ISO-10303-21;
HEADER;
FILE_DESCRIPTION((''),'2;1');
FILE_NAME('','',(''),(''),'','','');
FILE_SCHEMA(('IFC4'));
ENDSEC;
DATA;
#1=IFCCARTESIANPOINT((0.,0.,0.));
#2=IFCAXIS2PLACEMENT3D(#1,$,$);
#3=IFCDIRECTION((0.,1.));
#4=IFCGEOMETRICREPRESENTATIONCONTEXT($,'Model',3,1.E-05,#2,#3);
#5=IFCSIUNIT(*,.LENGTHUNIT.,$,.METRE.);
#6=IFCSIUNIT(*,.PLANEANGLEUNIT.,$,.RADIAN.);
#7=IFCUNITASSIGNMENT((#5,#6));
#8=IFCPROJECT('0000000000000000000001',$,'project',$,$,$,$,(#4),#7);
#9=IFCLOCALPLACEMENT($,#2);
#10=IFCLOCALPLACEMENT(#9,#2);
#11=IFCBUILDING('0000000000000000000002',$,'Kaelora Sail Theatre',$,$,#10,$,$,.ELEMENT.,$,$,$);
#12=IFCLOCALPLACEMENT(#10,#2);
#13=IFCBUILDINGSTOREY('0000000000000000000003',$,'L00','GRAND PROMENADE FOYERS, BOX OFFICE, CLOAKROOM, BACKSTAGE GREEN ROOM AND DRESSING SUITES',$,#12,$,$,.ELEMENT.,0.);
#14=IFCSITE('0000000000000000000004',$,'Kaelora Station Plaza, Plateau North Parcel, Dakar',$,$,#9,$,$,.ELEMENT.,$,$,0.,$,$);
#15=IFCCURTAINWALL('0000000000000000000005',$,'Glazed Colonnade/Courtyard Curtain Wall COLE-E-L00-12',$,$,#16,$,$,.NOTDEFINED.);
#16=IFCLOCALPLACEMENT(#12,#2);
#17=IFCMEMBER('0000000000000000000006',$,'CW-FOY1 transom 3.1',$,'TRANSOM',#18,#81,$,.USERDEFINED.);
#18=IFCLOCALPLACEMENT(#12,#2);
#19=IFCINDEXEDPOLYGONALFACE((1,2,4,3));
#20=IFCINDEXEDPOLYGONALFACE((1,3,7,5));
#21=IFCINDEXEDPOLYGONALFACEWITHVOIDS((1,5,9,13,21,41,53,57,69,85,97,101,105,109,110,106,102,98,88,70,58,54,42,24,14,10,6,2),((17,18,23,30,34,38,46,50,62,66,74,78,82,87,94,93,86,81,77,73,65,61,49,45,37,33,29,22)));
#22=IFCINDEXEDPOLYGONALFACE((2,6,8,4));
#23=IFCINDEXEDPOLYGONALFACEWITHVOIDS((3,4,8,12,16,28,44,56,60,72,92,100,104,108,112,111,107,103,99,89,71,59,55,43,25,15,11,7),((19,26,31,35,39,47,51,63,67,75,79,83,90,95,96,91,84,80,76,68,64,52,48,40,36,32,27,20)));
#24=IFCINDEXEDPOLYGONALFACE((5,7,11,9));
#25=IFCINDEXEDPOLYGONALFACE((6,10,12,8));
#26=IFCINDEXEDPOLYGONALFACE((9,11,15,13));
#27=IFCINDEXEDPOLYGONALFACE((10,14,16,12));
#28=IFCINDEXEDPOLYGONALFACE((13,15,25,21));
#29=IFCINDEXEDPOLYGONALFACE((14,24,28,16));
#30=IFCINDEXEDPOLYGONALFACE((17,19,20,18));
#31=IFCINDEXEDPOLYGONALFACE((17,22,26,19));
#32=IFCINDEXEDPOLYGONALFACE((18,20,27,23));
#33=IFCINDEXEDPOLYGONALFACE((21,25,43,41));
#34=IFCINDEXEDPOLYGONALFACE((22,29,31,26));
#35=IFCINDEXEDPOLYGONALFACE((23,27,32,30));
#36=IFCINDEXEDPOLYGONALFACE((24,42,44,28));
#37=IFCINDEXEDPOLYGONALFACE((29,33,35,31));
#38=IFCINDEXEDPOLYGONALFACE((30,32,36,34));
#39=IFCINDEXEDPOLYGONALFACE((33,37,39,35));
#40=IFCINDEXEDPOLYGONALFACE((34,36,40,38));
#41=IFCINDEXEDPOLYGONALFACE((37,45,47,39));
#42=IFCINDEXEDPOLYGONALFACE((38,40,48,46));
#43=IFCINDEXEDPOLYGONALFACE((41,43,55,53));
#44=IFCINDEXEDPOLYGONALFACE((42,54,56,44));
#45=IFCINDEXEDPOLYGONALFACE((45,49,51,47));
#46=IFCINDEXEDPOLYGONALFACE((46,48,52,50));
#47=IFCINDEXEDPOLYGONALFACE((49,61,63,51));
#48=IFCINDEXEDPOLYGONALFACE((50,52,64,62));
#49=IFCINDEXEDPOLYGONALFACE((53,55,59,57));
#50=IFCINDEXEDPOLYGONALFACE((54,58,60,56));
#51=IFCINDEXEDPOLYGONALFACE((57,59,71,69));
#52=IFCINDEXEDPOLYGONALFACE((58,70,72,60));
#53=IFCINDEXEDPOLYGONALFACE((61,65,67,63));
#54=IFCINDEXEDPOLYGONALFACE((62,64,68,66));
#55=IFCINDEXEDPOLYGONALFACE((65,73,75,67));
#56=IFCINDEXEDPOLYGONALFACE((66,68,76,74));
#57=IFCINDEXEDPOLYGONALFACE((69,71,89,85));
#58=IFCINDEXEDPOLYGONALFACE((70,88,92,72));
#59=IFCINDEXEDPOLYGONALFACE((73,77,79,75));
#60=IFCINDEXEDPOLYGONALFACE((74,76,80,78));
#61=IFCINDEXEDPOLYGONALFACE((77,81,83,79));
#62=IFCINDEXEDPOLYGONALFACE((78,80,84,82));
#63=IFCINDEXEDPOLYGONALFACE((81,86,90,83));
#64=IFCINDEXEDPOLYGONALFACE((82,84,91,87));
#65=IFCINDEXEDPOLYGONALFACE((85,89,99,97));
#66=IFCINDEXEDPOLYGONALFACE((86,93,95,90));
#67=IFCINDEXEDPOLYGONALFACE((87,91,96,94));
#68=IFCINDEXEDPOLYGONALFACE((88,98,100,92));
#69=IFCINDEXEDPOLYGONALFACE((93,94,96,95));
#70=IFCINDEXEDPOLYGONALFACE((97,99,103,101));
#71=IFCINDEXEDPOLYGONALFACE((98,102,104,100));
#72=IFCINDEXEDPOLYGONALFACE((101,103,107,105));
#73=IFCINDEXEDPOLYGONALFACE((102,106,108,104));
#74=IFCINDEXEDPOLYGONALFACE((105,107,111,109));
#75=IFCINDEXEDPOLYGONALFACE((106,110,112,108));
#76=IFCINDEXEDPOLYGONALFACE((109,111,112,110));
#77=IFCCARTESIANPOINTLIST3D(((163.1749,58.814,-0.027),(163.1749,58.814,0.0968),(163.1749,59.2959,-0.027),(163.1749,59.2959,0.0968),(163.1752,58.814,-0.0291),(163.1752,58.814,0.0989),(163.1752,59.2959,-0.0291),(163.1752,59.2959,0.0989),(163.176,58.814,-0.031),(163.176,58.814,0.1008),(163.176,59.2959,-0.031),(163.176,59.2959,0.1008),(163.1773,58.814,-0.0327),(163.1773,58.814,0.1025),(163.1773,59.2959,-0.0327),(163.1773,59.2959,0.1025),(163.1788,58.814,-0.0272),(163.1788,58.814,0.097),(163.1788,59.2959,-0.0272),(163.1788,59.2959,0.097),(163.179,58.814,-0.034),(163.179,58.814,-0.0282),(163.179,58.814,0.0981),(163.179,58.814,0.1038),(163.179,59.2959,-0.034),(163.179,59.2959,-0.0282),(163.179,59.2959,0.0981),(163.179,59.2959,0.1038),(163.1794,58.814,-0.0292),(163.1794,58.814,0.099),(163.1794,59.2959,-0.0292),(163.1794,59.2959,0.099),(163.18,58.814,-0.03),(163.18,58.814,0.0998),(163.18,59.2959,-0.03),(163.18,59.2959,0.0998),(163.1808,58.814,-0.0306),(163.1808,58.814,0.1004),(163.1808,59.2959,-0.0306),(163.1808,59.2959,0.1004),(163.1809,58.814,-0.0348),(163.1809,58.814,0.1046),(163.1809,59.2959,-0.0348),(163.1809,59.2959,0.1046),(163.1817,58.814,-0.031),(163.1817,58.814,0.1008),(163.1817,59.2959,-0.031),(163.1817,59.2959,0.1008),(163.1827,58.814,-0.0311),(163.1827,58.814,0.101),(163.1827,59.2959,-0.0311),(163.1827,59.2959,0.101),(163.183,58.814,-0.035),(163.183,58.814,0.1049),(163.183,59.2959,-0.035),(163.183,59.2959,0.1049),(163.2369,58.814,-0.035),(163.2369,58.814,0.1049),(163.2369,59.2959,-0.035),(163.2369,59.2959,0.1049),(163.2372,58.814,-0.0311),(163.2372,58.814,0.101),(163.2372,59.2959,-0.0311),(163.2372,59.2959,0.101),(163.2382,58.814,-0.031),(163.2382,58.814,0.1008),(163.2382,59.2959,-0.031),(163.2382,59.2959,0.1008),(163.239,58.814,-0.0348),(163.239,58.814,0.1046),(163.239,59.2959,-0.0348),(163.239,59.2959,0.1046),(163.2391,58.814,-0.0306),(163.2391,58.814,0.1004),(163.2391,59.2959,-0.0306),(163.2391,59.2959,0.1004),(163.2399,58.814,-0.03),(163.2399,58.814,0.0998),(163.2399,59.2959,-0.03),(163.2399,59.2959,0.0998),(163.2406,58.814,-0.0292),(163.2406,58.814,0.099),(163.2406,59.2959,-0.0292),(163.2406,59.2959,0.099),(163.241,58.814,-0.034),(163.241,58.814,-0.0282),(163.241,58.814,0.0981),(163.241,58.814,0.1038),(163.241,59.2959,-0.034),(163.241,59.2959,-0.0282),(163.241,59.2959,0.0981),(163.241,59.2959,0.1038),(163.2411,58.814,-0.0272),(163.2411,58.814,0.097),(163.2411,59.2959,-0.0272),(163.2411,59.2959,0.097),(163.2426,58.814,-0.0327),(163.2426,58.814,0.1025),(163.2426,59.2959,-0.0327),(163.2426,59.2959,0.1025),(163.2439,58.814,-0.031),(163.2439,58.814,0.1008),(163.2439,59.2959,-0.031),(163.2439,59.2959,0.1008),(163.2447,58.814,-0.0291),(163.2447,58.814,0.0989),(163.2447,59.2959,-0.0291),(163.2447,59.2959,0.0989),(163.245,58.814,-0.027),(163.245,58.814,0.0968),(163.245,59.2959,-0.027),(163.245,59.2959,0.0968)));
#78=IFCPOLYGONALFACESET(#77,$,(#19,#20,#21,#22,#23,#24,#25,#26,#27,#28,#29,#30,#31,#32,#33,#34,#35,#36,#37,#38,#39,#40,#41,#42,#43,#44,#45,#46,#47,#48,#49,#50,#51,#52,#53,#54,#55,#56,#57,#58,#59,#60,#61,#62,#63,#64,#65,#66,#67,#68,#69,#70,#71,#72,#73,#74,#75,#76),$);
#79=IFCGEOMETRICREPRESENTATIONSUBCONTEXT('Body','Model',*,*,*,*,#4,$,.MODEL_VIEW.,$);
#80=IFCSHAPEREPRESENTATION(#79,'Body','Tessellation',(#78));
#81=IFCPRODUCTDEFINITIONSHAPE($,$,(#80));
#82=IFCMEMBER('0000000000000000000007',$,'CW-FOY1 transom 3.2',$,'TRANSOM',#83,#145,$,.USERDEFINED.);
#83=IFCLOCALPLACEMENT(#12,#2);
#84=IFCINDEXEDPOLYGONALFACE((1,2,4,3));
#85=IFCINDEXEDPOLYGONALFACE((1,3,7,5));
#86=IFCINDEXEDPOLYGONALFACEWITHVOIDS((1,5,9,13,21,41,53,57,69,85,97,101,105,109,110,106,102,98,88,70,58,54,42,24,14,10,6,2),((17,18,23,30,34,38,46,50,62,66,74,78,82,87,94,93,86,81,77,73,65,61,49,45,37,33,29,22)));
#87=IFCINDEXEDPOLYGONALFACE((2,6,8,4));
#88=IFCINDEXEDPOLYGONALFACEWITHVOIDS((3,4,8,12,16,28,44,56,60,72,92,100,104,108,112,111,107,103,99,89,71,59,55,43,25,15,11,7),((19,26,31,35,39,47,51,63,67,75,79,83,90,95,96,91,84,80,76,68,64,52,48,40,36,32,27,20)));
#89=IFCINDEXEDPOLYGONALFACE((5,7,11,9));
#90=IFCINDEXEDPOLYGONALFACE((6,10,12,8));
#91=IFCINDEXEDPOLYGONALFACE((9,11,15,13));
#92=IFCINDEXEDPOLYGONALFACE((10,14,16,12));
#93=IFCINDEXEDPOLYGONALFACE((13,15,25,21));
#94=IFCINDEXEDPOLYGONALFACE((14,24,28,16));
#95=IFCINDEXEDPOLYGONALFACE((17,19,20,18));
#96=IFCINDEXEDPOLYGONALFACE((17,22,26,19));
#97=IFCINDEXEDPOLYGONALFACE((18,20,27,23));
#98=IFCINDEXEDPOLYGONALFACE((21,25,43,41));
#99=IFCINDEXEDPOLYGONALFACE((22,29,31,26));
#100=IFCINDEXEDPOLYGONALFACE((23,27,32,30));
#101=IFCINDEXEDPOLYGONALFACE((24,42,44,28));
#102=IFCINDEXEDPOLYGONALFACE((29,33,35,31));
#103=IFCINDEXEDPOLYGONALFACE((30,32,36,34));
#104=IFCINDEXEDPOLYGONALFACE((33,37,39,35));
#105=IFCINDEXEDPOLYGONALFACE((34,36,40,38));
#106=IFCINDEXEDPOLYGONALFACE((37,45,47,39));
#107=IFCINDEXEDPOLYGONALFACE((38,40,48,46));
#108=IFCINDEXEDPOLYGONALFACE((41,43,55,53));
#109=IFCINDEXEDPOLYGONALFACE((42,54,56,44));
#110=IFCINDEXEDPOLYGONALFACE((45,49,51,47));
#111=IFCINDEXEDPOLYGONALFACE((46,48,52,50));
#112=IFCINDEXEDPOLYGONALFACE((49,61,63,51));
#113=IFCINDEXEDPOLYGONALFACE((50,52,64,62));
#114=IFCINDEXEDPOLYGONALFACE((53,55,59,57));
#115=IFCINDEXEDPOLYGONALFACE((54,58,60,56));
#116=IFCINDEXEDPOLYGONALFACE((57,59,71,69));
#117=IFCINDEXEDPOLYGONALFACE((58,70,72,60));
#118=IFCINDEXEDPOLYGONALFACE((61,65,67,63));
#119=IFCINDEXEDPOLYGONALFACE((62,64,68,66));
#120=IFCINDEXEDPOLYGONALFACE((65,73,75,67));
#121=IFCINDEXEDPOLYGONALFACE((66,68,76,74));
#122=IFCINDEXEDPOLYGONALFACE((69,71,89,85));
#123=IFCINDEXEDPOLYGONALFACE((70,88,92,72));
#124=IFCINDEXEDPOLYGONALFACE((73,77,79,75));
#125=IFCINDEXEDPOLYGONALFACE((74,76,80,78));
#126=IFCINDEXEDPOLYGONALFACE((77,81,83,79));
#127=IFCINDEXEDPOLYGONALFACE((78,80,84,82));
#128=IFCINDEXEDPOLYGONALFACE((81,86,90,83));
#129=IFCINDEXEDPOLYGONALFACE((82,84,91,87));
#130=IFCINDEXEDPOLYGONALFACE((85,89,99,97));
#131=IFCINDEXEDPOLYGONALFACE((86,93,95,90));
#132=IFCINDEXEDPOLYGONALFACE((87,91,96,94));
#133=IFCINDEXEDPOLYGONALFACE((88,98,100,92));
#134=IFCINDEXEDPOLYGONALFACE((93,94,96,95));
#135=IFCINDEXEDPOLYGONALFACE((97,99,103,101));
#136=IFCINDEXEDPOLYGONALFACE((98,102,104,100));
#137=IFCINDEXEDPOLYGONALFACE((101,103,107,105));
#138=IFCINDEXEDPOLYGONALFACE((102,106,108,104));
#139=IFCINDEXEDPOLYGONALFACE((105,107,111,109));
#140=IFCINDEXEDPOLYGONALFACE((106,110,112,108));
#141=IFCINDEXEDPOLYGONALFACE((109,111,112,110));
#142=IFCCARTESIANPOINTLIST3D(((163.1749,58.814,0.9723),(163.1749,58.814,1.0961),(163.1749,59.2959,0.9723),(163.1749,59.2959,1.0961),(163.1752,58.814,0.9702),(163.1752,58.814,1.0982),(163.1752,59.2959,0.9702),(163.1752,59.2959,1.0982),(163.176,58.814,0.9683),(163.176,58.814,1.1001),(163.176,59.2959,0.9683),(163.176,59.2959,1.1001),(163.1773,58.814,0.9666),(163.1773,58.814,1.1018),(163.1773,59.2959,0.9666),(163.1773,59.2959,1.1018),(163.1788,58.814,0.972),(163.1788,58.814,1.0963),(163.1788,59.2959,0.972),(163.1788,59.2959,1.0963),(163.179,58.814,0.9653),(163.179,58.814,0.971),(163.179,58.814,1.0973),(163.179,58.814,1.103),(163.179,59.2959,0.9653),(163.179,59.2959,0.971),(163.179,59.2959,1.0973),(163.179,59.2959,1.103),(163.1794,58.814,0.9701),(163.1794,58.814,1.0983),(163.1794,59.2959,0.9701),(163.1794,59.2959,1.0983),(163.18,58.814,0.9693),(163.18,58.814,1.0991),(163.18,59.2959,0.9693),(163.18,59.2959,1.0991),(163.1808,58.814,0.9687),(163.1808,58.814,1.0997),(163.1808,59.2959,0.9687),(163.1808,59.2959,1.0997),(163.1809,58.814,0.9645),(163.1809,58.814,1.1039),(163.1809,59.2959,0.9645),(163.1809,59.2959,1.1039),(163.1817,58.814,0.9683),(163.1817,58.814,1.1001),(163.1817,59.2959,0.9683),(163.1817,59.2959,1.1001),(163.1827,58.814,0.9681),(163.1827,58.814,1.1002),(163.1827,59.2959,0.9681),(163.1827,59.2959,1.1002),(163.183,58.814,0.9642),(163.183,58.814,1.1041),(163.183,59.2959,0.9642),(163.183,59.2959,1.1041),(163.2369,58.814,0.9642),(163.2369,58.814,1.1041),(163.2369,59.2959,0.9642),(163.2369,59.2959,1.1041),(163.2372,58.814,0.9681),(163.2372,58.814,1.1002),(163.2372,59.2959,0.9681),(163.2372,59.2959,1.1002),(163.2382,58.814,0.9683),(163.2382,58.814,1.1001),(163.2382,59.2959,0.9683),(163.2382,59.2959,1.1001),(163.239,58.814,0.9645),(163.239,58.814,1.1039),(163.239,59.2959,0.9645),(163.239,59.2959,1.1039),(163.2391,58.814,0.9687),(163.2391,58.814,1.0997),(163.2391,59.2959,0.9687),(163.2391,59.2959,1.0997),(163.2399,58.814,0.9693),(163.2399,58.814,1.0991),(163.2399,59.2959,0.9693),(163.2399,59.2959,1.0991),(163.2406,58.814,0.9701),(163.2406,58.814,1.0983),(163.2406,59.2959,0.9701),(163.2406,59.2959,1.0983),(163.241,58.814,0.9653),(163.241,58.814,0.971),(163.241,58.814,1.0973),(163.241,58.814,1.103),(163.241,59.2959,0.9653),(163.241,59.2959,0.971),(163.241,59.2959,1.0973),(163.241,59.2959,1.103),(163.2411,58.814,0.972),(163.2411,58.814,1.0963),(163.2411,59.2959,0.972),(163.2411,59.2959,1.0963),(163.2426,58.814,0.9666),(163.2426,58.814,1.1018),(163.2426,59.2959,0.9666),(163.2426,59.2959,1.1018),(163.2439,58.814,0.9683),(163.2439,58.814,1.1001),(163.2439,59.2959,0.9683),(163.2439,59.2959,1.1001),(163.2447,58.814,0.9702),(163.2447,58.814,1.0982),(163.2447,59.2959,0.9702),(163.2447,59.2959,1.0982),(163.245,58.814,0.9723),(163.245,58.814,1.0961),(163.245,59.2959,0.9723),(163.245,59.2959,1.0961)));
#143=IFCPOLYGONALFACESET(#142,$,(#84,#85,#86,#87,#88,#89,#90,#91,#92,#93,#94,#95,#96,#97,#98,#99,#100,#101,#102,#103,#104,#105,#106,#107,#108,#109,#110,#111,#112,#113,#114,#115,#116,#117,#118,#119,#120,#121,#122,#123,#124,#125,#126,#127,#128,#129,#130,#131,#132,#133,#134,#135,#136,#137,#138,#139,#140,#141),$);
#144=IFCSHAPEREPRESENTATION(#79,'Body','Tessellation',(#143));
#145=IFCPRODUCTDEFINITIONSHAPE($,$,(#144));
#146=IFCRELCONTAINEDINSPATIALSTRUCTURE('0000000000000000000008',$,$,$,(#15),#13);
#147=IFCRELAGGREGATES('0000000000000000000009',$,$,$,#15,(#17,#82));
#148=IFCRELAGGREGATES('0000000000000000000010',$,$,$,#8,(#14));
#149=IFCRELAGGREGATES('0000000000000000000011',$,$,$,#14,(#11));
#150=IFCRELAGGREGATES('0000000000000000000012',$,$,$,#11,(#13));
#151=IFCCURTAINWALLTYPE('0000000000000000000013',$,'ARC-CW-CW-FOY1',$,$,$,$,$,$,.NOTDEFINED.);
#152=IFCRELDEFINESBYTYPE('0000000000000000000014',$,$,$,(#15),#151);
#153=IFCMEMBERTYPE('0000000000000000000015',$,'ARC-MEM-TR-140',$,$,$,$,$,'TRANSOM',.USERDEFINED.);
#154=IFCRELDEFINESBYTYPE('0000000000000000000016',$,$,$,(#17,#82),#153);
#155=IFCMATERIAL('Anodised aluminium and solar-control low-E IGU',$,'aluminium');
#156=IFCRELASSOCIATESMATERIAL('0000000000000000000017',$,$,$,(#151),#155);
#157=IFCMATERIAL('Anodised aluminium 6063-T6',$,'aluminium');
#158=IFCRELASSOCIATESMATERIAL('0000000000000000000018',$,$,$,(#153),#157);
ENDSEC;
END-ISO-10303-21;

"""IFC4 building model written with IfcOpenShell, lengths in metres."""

from ifc_helpers import new_model, si_unit, direction, frame, origin, origin_2d, place, context, subcontext, project, spatial, hollow_rectangle, extrude, material, material_profile, profile_set, type_object, element, aggregate, save


model = new_model("IFC4")

# Units and contexts
model_context = context("Model", 3, precision=1e-05, world=origin(), true_north=direction((0.0, 1.0)))
body_context = subcontext(model_context, "Body", "Model", "MODEL_VIEW")
ifc_project = project(units=[si_unit("LENGTHUNIT", "METRE"), si_unit("PLANEANGLEUNIT", "RADIAN")], contexts=[model_context])

# Site, building, storey
site_placement = place(None, origin())
site = spatial("IfcSite", under=ifc_project, at=site_placement, Name="Kaelora Station Plaza, Plateau North Parcel, Dakar", CompositionType="ELEMENT", RefElevation=0.0)
building_placement = place(site_placement, origin())
building = spatial("IfcBuilding", under=site, at=building_placement, Name="Kaelora Sail Theatre", CompositionType="ELEMENT")
storey_placement = place(building_placement, origin())
storey = spatial("IfcBuildingStorey", under=building, at=storey_placement, Name="L00", Description="GRAND PROMENADE FOYERS, BOX OFFICE, CLOAKROOM, BACKSTAGE GREEN ROOM AND DRESSING SUITES", CompositionType="ELEMENT", Elevation=0.0)

# Shared definitions
ifc_material_1 = material(Name="Anodised aluminium and solar-control low-E IGU", Category="aluminium")
curtain_wall_type = type_object("IfcCurtainWallType", Name="ARC-CW-CW-FOY1", PredefinedType="NOTDEFINED", material=ifc_material_1)

# Curtain wall, members
curtain_wall_1_placement = place(storey_placement, origin())
curtain_wall_1 = element("IfcCurtainWall", 1, at=curtain_wall_1_placement, inside=storey, type_object=curtain_wall_type, Name="Glazed Colonnade/Courtyard Curtain Wall COLE-E-L00-12", PredefinedType="NOTDEFINED")
ifc_material_2 = material(Name="Anodised aluminium 6063-T6", Category="aluminium")
ifc_material_profile_1 = material_profile(ifc_material_2, hollow_rectangle(XDim=0.0701, YDim=0.1399, WallThickness=0.0039, InnerFilletRadius=0.0039, OuterFilletRadius=0.0081, at=origin_2d()), Name="ALU-TRAN 70x140x4")
ifc_profile_set_1 = profile_set([ifc_material_profile_1], Name="Anodised aluminium 6063-T6")
member_type_1 = type_object("IfcMemberType", Name="ARC-MEM-TR-140", ElementType="TRANSOM", PredefinedType="USERDEFINED", material=ifc_profile_set_1)
member_1_placement = place(storey_placement, frame((163.21, 58.814, 0.0349), z_axis=(0.0, 1.0, 0.0), x_axis=(-1.0, 0.0, 0.0)))
member_1 = element("IfcMember", 2, at=member_1_placement, type_object=member_type_1, Name="CW-FOY1 transom 3.1", ObjectType="TRANSOM", PredefinedType="USERDEFINED", context=body_context, shape_type="SweptSolid", body=[
    extrude(hollow_rectangle(XDim=0.0701, YDim=0.1399, WallThickness=0.0039, InnerFilletRadius=0.0039, OuterFilletRadius=0.0081, at=origin_2d()), origin(), (0.0, 0.0, 1.0), 0.4819),
])
member_2_placement = place(storey_placement, frame((163.21, 58.814, 1.0342), z_axis=(0.0, 1.0, 0.0), x_axis=(-1.0, 0.0, 0.0)))
member_2 = element("IfcMember", 3, at=member_2_placement, type_object=member_type_1, Name="CW-FOY1 transom 3.2", ObjectType="TRANSOM", PredefinedType="USERDEFINED", context=body_context, shape_type="SweptSolid", body=[
    extrude(hollow_rectangle(XDim=0.0701, YDim=0.1399, WallThickness=0.0039, InnerFilletRadius=0.0039, OuterFilletRadius=0.0081, at=origin_2d()), origin(), (0.0, 0.0, 1.0), 0.4819),
])
aggregate(curtain_wall_1, [member_1, member_2])

save(model, "model.ifc")
